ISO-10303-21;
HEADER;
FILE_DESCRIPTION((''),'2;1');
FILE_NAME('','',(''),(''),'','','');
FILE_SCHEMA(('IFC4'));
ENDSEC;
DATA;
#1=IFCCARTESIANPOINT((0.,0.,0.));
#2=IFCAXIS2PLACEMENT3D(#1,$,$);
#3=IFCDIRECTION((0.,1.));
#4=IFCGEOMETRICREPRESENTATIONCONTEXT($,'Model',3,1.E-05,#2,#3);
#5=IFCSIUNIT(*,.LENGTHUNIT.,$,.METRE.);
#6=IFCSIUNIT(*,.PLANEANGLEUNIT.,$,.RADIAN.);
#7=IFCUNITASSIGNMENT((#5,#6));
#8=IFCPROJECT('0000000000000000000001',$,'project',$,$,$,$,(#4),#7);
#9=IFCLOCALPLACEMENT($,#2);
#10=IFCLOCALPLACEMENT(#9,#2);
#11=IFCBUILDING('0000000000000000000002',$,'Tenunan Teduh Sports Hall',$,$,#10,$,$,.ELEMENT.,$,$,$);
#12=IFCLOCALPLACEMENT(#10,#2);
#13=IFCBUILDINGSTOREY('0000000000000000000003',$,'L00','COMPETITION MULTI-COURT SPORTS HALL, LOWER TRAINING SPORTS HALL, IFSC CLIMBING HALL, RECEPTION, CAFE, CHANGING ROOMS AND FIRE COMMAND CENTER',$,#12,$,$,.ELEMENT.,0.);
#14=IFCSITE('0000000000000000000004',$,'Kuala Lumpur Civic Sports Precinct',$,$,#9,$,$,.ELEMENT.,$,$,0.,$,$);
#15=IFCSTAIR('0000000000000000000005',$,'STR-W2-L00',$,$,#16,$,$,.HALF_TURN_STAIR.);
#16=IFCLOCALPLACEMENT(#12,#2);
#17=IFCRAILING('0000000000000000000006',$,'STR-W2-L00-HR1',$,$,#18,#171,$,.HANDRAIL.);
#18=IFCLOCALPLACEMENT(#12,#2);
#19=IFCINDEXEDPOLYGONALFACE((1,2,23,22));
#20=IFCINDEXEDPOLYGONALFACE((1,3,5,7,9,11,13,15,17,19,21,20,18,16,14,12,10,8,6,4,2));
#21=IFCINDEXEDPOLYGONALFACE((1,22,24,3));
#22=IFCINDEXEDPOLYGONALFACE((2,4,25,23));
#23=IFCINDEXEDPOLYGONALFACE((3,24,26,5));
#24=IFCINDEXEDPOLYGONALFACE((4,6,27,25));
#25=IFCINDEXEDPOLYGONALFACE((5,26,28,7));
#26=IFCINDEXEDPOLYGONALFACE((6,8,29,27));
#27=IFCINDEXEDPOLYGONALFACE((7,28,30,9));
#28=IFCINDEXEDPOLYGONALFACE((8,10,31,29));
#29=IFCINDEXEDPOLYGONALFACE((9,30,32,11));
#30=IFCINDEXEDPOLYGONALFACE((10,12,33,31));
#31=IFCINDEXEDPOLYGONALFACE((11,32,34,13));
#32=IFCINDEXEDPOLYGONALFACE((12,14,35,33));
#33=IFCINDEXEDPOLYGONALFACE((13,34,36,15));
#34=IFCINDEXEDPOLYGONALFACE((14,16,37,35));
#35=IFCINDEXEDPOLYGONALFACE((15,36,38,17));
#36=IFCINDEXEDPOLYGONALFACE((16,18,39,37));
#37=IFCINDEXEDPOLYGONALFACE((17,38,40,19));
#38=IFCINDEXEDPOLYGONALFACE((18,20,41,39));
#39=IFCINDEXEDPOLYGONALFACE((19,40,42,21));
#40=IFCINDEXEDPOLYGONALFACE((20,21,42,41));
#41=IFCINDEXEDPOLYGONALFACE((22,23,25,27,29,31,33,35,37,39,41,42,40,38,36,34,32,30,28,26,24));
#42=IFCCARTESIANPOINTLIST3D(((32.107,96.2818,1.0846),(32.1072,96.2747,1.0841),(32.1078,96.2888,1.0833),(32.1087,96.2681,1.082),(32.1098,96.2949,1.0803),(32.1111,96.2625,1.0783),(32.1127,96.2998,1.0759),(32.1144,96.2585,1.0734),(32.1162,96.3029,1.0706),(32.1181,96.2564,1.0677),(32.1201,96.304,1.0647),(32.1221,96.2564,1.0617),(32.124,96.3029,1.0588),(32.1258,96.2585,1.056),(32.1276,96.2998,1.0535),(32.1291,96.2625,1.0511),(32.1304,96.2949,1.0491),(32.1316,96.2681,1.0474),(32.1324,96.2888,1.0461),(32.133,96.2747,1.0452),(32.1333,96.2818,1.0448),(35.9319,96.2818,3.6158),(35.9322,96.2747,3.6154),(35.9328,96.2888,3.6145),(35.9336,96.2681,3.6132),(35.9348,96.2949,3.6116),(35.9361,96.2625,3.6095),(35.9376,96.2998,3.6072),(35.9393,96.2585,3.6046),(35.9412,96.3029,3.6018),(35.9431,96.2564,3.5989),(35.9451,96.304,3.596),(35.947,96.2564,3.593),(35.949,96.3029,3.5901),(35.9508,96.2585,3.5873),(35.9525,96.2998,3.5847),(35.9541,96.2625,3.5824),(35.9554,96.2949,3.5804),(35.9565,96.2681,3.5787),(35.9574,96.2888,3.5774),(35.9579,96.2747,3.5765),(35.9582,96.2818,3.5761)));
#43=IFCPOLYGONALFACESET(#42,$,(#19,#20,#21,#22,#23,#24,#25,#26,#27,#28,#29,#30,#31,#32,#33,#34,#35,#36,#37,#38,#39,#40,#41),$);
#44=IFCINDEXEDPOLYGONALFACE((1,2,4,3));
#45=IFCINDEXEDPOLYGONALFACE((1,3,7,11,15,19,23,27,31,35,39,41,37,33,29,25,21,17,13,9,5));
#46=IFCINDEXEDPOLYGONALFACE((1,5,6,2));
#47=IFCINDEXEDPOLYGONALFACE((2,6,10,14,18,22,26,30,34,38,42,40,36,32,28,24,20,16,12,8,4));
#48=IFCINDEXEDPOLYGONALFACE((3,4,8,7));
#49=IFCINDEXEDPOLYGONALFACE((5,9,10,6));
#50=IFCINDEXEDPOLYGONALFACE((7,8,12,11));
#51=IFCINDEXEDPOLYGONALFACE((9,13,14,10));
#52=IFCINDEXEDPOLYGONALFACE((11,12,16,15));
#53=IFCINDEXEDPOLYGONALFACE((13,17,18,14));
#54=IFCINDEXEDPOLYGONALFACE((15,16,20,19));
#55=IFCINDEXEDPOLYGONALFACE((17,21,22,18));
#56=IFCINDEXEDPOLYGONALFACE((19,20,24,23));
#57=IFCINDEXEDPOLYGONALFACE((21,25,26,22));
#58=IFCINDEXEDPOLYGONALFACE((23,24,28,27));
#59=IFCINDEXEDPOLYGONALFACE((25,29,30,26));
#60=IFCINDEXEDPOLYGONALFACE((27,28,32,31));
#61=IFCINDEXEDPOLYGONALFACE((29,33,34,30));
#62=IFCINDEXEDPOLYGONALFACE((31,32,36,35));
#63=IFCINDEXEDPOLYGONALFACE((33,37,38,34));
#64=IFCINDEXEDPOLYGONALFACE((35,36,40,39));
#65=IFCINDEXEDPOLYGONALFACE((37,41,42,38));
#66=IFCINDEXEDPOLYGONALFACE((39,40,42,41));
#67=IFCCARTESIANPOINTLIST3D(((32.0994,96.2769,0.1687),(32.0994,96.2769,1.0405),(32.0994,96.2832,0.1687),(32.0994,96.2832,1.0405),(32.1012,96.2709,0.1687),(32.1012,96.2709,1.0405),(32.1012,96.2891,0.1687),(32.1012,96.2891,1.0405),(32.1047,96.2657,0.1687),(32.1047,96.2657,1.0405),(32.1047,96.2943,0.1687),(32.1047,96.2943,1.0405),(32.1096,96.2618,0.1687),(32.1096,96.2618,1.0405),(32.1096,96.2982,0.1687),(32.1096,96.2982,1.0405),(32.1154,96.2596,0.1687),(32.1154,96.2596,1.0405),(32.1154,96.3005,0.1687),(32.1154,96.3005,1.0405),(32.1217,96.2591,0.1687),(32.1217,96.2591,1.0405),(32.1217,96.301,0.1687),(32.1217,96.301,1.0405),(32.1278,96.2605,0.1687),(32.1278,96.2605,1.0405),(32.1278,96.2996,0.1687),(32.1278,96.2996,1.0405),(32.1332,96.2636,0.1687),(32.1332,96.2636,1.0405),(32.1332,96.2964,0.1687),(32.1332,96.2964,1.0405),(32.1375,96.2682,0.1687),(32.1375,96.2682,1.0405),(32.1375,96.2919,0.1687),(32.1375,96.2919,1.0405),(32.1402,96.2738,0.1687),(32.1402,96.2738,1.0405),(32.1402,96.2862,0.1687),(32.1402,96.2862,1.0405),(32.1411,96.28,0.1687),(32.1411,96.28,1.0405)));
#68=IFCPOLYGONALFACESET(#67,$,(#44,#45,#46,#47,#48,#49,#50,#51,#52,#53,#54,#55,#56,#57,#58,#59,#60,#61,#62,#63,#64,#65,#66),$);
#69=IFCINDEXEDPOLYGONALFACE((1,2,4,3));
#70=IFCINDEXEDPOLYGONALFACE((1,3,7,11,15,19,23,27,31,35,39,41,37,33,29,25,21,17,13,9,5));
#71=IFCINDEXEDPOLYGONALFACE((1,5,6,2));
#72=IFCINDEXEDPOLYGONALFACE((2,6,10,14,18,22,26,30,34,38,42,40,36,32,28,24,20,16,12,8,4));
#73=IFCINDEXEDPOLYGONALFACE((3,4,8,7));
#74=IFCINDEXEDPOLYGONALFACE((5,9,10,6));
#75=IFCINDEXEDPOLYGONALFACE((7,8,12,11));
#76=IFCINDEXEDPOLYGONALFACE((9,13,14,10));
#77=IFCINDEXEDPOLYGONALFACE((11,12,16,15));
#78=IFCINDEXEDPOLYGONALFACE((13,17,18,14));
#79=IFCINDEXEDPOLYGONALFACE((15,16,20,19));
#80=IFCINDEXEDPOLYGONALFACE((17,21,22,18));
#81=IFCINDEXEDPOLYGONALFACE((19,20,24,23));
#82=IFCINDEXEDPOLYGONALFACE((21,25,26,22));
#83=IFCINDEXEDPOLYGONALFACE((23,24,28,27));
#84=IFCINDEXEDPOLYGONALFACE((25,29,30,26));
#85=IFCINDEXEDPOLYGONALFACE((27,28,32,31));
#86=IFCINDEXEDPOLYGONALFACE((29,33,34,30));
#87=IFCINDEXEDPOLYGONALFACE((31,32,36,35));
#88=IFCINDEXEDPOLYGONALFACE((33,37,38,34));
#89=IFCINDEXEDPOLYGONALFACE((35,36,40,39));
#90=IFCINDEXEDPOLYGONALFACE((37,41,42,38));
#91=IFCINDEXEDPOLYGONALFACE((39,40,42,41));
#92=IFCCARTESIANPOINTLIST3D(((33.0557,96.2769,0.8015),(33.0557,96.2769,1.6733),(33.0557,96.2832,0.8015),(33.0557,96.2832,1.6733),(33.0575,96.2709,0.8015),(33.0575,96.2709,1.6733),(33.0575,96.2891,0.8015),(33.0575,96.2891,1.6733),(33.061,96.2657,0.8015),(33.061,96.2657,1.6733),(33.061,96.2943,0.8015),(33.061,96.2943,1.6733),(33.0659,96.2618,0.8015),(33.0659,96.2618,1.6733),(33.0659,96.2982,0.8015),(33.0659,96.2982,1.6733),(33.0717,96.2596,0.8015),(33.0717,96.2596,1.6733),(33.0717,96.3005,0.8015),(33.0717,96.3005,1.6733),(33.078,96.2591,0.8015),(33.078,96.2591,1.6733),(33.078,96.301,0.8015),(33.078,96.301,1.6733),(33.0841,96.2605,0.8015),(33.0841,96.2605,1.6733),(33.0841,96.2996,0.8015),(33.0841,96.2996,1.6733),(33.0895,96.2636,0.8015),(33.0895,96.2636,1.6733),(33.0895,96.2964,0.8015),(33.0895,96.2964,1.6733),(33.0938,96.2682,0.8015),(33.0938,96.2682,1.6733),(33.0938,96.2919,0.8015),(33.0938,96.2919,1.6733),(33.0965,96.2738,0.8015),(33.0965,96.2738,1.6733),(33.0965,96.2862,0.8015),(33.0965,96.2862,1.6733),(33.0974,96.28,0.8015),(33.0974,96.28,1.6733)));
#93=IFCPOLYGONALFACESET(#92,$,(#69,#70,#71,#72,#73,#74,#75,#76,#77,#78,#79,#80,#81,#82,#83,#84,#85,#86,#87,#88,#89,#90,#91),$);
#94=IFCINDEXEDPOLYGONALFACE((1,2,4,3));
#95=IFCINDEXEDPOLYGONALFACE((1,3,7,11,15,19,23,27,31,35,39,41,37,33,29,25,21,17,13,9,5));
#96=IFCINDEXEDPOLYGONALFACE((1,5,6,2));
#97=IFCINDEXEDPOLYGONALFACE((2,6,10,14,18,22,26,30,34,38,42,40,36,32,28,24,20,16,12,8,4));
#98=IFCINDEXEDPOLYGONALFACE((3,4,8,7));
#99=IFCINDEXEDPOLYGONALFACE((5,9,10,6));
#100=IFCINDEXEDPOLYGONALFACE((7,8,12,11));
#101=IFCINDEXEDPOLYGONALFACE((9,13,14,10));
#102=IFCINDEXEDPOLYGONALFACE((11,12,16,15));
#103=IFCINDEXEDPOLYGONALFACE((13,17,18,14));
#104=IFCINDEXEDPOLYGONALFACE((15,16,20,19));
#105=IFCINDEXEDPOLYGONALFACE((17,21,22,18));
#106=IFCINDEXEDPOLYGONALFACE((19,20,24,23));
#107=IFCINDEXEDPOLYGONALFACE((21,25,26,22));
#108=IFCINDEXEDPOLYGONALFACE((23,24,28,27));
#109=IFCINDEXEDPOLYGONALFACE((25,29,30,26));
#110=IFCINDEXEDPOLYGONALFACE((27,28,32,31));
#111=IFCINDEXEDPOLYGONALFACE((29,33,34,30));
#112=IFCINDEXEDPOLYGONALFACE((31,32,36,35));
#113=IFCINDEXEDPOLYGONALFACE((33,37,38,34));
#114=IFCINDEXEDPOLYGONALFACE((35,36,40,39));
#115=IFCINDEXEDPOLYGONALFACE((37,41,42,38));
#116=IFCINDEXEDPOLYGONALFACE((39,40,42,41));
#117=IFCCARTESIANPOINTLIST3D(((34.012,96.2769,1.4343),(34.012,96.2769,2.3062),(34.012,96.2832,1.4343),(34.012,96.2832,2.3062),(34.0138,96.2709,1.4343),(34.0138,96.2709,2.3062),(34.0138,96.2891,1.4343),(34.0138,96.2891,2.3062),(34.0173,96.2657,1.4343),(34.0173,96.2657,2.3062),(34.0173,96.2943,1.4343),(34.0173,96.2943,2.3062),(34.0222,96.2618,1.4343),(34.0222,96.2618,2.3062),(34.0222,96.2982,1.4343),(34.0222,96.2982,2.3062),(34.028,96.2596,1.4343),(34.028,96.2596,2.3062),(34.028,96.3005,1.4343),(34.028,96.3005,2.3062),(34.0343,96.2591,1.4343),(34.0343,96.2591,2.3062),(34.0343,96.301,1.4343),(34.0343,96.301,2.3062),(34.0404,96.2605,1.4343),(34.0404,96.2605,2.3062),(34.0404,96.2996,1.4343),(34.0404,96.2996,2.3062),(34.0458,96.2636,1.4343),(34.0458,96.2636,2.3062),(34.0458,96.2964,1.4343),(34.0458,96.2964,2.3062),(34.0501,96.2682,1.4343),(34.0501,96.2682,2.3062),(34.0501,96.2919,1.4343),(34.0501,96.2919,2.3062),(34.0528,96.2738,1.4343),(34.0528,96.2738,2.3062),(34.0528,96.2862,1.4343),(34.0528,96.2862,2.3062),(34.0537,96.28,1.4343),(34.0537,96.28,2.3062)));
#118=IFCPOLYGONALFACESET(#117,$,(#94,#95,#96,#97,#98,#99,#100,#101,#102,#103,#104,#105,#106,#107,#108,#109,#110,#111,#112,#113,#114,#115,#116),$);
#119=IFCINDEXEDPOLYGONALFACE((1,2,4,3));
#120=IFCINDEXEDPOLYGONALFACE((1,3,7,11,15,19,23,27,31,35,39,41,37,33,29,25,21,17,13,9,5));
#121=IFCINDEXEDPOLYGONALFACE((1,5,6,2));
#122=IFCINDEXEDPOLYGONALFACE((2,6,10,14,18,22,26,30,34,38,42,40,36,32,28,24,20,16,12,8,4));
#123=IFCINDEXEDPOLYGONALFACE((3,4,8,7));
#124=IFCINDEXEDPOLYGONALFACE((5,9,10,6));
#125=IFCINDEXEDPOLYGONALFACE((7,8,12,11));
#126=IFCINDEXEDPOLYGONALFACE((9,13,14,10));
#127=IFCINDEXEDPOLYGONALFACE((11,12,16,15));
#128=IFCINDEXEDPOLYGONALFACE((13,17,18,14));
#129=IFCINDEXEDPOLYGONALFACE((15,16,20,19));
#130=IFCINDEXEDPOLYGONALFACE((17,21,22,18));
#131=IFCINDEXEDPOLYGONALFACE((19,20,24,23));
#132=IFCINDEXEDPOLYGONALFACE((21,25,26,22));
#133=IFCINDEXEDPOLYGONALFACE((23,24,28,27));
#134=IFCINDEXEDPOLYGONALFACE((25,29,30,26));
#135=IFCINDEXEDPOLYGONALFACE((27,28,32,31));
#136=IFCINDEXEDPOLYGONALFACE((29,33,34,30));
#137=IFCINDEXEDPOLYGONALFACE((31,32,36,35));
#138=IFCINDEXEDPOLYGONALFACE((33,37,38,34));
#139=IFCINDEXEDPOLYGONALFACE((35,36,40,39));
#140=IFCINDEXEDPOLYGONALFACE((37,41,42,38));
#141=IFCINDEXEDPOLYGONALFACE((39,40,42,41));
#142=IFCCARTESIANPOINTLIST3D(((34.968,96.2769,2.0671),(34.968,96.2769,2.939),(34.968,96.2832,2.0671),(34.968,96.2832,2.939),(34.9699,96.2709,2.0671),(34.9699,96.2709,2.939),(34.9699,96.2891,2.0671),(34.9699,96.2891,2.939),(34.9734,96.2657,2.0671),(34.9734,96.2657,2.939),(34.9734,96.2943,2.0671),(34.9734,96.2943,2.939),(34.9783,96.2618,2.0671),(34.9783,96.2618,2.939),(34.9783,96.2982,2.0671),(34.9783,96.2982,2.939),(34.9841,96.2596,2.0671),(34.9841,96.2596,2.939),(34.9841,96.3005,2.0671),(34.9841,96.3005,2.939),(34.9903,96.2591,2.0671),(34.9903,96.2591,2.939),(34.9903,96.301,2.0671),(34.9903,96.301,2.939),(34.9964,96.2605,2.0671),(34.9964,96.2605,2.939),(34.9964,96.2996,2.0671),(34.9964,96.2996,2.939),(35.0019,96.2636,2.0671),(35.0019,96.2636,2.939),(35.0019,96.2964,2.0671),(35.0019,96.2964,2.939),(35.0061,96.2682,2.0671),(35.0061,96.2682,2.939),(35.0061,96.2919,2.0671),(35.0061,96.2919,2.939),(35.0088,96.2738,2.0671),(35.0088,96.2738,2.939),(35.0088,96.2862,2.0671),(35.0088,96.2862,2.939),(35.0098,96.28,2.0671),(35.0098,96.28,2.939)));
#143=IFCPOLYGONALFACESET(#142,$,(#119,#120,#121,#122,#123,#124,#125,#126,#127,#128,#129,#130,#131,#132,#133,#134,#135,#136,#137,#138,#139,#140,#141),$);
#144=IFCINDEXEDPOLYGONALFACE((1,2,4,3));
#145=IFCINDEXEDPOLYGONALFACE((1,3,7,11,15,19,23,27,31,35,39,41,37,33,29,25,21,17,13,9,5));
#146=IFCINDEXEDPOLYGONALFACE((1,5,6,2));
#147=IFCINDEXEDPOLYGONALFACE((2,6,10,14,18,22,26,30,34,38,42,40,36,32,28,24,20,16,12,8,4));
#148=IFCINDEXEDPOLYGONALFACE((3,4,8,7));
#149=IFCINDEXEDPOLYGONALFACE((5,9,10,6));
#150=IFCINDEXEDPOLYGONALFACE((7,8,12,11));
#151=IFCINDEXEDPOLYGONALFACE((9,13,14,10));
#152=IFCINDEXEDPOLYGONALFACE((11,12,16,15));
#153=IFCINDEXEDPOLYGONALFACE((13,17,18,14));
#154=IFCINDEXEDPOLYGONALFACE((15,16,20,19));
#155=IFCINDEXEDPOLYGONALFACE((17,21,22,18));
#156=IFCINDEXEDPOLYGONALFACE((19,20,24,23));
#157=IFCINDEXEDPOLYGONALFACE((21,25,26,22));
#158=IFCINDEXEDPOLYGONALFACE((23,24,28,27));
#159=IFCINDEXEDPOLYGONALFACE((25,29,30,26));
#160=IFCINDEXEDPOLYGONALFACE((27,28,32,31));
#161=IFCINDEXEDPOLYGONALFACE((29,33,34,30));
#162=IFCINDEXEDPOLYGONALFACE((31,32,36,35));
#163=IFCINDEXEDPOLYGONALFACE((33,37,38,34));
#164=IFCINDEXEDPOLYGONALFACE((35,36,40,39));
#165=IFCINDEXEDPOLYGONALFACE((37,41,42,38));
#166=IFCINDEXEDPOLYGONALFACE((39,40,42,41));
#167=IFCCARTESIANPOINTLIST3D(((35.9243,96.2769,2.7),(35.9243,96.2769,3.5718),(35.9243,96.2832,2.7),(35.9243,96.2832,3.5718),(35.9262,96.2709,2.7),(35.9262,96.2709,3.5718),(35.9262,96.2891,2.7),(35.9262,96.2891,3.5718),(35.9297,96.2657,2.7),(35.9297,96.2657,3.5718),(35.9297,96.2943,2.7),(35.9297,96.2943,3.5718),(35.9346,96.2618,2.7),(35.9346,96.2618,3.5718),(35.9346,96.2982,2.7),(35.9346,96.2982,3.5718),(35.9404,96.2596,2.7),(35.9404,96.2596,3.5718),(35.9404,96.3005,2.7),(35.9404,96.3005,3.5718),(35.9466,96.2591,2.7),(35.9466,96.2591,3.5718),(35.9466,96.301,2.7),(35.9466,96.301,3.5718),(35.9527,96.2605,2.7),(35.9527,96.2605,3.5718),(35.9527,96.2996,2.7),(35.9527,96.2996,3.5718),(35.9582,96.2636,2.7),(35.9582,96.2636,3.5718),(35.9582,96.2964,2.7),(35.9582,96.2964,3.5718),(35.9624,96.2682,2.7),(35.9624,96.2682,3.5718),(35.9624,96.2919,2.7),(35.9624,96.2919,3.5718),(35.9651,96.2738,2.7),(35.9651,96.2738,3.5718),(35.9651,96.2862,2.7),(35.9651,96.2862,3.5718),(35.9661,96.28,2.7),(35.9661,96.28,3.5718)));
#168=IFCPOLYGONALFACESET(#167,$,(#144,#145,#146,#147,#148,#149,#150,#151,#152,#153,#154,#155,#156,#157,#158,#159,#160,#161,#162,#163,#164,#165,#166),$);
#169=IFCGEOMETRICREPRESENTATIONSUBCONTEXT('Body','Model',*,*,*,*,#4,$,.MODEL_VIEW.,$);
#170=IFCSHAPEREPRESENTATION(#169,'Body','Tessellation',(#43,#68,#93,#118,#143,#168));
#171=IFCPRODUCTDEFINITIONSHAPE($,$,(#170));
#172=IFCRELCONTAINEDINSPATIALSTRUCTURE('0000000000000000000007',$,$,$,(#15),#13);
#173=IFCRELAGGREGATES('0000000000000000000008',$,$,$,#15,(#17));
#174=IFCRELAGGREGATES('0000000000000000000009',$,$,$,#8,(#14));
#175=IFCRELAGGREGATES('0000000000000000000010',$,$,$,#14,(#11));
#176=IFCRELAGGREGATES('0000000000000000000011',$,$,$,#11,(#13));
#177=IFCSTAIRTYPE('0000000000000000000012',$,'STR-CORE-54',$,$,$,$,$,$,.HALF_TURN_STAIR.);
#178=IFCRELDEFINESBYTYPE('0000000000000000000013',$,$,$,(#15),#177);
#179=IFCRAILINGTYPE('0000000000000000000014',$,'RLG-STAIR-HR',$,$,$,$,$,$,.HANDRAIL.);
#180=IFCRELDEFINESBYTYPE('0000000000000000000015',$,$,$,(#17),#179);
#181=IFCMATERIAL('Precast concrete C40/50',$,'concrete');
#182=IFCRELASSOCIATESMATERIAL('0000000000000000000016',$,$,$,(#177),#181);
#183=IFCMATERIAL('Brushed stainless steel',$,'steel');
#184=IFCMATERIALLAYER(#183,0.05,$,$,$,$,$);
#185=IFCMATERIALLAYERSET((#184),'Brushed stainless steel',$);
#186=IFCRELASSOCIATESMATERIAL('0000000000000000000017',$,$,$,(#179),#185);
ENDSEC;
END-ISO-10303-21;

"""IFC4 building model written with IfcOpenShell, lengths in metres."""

from ifc_helpers import new_model, si_unit, direction, frame, origin, origin_2d, place, context, subcontext, project, spatial, circle, extrude, material, layer, layer_set, type_object, element, aggregate, save


model = new_model("IFC4")

# Units and contexts
model_context = context("Model", 3, precision=1e-05, world=origin(), true_north=direction((0.0, 1.0)))
body_context = subcontext(model_context, "Body", "Model", "MODEL_VIEW")
ifc_project = project(units=[si_unit("LENGTHUNIT", "METRE"), si_unit("PLANEANGLEUNIT", "RADIAN")], contexts=[model_context])

# Site, building, storey
site_placement = place(None, origin())
site = spatial("IfcSite", under=ifc_project, at=site_placement, Name="Kuala Lumpur Civic Sports Precinct", CompositionType="ELEMENT", RefElevation=0.0)
building_placement = place(site_placement, origin())
building = spatial("IfcBuilding", under=site, at=building_placement, Name="Tenunan Teduh Sports Hall", CompositionType="ELEMENT")
storey_placement = place(building_placement, origin())
storey = spatial("IfcBuildingStorey", under=building, at=storey_placement, Name="L00", Description="COMPETITION MULTI-COURT SPORTS HALL, LOWER TRAINING SPORTS HALL, IFSC CLIMBING HALL, RECEPTION, CAFE, CHANGING ROOMS AND FIRE COMMAND CENTER", CompositionType="ELEMENT", Elevation=0.0)

# Stair
ifc_material_1 = material(Name="Precast concrete C40/50", Category="concrete")
stair_type = type_object("IfcStairType", Name="STR-CORE-54", PredefinedType="HALF_TURN_STAIR", material=ifc_material_1)
stair_placement = place(storey_placement, origin())
stair = element("IfcStair", 1, at=stair_placement, inside=storey, type_object=stair_type, Name="STR-W2-L00", PredefinedType="HALF_TURN_STAIR")

# Railing
ifc_material_2 = material(Name="Brushed stainless steel", Category="steel")
ifc_layer_1 = layer(ifc_material_2, 0.05)
ifc_layer_set_1 = layer_set([ifc_layer_1], Name="Brushed stainless steel")
railing_type_1 = type_object("IfcRailingType", Name="RLG-STAIR-HR", PredefinedType="HANDRAIL", material=ifc_layer_set_1)
railing_1_placement = place(storey_placement, frame((32.1201, 96.28, 0.1687)))
railing_1 = element("IfcRailing", 2, at=railing_1_placement, type_object=railing_type_1, Name="STR-W2-L00-HR1", PredefinedType="HANDRAIL", context=body_context, shape_type="SweptSolid", body=[
    extrude(circle(Radius=0.0239, at=origin_2d()), frame((0.0, 0.0, 0.896), z_axis=(0.833929, 0.0, 0.551872), x_axis=(0.0, 1.0, 0.0)), (0.0, 0.0, 1.0), 4.5867),
    extrude(circle(Radius=0.021, at=origin_2d()), origin(), (0.0, 0.0, 1.0), 0.8718),
    extrude(circle(Radius=0.021, at=origin_2d()), frame((0.9563, 0.0, 0.6328)), (0.0, 0.0, 1.0), 0.8718),
    extrude(circle(Radius=0.021, at=origin_2d()), frame((1.9126, 0.0, 1.2656)), (0.0, 0.0, 1.0), 0.8718),
    extrude(circle(Radius=0.021, at=origin_2d()), frame((2.8687, 0.0, 1.8984)), (0.0, 0.0, 1.0), 0.8718),
    extrude(circle(Radius=0.021, at=origin_2d()), frame((3.825, 0.0, 2.5312)), (0.0, 0.0, 1.0), 0.8718),
])
aggregate(stair, [railing_1])

save(model, "model.ifc")
